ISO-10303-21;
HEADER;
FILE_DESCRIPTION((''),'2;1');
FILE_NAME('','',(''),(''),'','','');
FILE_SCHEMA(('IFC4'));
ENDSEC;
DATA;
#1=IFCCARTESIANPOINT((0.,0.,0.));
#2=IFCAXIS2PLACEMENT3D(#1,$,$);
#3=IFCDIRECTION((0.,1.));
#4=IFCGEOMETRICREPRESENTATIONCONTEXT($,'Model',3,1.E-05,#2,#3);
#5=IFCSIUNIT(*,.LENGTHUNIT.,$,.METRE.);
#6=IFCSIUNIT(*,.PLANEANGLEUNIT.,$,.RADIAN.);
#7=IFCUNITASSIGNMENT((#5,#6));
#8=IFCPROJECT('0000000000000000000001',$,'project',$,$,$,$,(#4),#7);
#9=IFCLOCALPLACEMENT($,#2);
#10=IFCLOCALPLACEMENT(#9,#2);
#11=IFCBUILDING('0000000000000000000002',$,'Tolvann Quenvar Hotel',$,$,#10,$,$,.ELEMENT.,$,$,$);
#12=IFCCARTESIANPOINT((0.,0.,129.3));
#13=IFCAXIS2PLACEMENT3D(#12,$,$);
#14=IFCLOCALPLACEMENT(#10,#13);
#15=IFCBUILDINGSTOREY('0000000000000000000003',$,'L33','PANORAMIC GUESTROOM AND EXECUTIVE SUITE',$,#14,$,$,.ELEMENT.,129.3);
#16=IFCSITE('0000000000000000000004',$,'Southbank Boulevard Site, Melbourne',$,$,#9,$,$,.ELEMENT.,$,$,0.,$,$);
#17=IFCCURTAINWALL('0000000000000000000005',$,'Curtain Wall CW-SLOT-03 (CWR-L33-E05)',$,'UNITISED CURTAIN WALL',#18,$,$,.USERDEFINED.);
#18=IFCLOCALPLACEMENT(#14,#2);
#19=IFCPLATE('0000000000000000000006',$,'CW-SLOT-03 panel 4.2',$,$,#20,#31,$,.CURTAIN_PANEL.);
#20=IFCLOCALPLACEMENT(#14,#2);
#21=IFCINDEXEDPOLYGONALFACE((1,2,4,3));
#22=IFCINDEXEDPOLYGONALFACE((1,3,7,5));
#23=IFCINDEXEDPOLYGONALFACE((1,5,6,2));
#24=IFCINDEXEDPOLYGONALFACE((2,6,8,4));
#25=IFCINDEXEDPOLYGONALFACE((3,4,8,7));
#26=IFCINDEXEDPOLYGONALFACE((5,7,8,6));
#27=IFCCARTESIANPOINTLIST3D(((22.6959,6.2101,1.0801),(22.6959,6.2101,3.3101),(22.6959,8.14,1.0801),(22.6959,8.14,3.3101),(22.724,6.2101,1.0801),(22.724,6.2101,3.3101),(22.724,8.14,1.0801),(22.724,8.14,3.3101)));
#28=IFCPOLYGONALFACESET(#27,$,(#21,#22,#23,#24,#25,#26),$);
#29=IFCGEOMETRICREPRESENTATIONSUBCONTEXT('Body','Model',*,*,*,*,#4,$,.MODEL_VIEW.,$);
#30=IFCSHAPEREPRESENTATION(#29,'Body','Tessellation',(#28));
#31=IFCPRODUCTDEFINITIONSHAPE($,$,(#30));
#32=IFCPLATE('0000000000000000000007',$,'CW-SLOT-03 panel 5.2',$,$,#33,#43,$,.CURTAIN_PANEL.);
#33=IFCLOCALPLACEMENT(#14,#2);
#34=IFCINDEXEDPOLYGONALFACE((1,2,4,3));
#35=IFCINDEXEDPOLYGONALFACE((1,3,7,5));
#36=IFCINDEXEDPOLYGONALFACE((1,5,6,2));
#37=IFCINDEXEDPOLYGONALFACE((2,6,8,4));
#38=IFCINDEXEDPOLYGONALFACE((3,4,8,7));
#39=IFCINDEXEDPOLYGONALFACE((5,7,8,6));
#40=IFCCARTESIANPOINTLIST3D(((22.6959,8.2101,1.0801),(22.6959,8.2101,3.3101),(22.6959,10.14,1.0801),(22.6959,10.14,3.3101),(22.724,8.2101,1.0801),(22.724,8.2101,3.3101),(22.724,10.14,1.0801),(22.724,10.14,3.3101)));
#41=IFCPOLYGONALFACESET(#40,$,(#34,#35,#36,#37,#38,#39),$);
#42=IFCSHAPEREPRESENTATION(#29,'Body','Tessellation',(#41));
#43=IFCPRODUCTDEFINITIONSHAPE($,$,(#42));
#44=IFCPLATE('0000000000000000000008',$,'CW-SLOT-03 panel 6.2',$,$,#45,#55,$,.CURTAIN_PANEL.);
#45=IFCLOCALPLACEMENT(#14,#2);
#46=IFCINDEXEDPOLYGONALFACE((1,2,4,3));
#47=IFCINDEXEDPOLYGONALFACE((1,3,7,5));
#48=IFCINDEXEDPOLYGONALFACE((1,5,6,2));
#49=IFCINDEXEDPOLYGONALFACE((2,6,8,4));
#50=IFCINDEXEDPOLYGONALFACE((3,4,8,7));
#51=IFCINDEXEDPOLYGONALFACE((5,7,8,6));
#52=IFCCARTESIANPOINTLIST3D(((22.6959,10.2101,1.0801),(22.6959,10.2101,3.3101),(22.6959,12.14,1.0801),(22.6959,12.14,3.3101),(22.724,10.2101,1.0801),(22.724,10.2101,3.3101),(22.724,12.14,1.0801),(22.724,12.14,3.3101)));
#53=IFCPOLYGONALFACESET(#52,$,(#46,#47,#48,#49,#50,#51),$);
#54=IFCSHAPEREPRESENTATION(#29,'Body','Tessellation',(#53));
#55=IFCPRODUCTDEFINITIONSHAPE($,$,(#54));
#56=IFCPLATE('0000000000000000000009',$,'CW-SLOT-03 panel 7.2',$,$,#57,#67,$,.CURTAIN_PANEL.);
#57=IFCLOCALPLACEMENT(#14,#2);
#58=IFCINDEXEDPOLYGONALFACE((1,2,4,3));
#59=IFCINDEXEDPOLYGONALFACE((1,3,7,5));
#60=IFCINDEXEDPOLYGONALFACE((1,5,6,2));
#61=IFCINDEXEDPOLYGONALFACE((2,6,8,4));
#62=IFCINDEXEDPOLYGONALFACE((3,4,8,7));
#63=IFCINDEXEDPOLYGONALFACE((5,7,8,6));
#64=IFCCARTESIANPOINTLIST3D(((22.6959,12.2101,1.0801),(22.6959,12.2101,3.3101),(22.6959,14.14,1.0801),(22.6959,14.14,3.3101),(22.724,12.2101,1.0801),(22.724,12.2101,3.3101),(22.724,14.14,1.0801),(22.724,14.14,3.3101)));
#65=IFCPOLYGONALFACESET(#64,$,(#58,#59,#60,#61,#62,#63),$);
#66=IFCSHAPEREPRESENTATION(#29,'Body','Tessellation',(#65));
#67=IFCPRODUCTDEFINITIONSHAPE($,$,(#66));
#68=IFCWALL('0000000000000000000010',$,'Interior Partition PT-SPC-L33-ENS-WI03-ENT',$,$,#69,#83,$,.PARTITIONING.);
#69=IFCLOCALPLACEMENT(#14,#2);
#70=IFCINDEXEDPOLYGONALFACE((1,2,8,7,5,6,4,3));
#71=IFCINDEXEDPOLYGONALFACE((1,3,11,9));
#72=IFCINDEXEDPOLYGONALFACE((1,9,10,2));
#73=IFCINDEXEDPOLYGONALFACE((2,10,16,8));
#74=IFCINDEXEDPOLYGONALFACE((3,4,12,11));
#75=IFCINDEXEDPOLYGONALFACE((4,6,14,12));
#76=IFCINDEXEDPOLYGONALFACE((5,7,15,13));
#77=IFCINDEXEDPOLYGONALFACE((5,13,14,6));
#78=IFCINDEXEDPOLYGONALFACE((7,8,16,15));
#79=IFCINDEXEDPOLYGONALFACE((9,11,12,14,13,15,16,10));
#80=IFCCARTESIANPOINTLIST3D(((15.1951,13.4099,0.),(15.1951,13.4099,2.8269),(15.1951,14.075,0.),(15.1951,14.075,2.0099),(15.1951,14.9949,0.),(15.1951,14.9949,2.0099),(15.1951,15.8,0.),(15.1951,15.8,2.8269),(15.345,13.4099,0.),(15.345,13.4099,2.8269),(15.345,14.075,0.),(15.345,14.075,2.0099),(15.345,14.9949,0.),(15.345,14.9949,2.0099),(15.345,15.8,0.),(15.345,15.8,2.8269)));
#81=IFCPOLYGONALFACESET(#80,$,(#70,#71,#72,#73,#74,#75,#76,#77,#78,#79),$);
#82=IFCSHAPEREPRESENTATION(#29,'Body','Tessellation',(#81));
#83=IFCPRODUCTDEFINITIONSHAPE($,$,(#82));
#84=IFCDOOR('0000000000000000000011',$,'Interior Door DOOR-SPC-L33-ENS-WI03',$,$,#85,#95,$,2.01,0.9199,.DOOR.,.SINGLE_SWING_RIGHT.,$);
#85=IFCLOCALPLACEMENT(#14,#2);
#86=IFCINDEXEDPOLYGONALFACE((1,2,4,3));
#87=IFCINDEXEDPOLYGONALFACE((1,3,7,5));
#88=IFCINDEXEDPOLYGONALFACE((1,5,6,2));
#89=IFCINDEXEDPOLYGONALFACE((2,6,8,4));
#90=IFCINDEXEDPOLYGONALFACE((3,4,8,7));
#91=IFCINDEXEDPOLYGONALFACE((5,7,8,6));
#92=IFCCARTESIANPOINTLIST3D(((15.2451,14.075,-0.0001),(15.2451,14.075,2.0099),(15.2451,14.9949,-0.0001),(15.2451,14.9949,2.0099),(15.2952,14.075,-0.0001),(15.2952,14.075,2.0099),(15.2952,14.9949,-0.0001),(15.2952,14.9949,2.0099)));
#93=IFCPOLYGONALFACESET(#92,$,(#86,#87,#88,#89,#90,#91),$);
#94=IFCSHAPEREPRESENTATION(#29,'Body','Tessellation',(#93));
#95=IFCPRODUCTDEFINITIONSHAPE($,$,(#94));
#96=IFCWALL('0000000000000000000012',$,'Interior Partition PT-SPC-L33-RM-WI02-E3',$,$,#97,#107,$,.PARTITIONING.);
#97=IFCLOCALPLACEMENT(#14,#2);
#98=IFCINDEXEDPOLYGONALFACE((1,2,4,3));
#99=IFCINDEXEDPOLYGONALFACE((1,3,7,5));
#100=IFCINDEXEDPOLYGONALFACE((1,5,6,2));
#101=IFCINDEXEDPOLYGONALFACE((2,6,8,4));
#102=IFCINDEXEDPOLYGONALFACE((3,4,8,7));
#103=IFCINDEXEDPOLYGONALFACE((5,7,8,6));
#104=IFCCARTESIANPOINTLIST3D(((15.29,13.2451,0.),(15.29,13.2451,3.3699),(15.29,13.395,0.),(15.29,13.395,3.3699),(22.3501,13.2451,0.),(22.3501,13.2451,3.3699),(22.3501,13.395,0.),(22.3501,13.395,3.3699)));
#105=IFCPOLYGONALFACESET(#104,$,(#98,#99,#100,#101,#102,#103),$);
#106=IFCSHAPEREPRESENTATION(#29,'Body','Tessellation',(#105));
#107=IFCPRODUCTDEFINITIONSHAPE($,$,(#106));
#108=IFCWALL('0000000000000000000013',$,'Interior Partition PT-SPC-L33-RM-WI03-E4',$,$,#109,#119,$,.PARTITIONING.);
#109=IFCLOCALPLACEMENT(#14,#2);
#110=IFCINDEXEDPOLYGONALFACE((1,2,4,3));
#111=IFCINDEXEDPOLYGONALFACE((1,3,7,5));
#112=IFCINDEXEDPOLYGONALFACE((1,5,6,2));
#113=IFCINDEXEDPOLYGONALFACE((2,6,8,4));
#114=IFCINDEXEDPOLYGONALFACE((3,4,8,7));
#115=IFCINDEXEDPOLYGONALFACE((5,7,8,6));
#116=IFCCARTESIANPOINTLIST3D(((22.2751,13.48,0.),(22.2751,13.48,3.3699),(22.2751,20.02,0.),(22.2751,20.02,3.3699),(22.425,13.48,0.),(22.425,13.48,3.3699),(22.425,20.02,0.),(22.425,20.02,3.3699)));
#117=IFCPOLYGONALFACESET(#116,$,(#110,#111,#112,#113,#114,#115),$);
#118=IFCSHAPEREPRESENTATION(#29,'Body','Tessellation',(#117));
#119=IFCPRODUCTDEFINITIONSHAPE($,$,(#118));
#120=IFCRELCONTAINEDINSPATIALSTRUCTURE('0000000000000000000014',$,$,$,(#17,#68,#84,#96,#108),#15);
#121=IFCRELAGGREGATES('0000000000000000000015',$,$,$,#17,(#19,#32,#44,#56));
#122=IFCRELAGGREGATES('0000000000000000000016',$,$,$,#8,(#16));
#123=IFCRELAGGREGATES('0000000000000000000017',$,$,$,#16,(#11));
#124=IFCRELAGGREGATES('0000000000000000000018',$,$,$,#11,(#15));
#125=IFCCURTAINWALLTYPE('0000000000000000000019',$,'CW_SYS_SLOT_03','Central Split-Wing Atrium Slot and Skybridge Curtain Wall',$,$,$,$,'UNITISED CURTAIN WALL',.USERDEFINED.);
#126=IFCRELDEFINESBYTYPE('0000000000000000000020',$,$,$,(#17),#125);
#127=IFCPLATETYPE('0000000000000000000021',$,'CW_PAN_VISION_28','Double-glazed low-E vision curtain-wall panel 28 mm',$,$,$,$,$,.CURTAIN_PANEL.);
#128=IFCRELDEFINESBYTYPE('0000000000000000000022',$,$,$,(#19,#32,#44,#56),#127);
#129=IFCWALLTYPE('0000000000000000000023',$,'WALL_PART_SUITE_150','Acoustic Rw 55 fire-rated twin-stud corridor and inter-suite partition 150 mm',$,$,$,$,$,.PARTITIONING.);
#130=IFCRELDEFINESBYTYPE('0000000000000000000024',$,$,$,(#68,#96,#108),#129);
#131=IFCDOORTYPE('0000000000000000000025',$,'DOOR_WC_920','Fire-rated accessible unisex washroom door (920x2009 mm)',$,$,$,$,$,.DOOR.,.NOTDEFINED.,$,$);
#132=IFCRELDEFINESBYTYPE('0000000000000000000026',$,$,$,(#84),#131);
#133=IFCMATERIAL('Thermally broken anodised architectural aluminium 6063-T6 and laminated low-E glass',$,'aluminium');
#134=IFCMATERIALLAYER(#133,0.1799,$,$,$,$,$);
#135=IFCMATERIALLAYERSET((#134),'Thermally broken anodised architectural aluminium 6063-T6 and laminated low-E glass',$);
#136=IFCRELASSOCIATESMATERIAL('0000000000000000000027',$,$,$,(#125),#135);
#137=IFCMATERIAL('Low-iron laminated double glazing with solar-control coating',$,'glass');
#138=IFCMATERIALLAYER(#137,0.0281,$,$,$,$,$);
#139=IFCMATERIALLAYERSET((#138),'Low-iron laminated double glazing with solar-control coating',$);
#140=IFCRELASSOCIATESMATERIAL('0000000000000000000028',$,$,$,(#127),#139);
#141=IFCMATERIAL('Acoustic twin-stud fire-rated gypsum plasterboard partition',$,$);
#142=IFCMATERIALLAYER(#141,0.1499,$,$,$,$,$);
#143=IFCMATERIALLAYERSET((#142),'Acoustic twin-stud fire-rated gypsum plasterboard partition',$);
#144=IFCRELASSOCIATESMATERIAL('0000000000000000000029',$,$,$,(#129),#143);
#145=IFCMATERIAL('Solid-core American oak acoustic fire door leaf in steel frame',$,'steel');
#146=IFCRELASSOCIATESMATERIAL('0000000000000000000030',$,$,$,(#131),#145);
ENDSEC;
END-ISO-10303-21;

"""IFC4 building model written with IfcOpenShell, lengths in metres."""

from ifc_helpers import new_model, si_unit, direction, frame, frame_2d, origin, origin_2d, place, context, subcontext, project, spatial, rectangle, extrude, source, transform, mapped, material, layer, layer_set, type_object, type_shapes, element, fill, aggregate, save


model = new_model("IFC4")

# Units and contexts
model_context = context("Model", 3, precision=1e-05, world=origin(), true_north=direction((0.0, 1.0)))
body_context = subcontext(model_context, "Body", "Model", "MODEL_VIEW")
ifc_project = project(units=[si_unit("LENGTHUNIT", "METRE"), si_unit("PLANEANGLEUNIT", "RADIAN")], contexts=[model_context])

# Site, building, storey
site_placement = place(None, origin())
site = spatial("IfcSite", under=ifc_project, at=site_placement, Name="Southbank Boulevard Site, Melbourne", CompositionType="ELEMENT", RefElevation=0.0)
building_placement = place(site_placement, origin())
building = spatial("IfcBuilding", under=site, at=building_placement, Name="Tolvann Quenvar Hotel", CompositionType="ELEMENT")
storey_placement = place(building_placement, frame((0.0, 0.0, 129.3)))
storey = spatial("IfcBuildingStorey", under=building, at=storey_placement, Name="L33", Description="PANORAMIC GUESTROOM AND EXECUTIVE SUITE", CompositionType="ELEMENT", Elevation=129.3)

# Curtain wall, plates
ifc_material_1 = material(Name="Thermally broken anodised architectural aluminium 6063-T6 and laminated low-E glass", Category="aluminium")
ifc_layer_1 = layer(ifc_material_1, 0.1799)
ifc_layer_set_1 = layer_set([ifc_layer_1], Name="Thermally broken anodised architectural aluminium 6063-T6 and laminated low-E glass")
curtain_wall_type = type_object("IfcCurtainWallType", Name="CW_SYS_SLOT_03", Description="Central Split-Wing Atrium Slot and Skybridge Curtain Wall", ElementType="UNITISED CURTAIN WALL", PredefinedType="USERDEFINED", material=ifc_layer_set_1)
curtain_wall_placement = place(storey_placement, origin())
curtain_wall = element("IfcCurtainWall", 1, at=curtain_wall_placement, inside=storey, type_object=curtain_wall_type, Name="Curtain Wall CW-SLOT-03 (CWR-L33-E05)", ObjectType="UNITISED CURTAIN WALL", PredefinedType="USERDEFINED")
ifc_material_2 = material(Name="Low-iron laminated double glazing with solar-control coating", Category="glass")
ifc_layer_2 = layer(ifc_material_2, 0.0281)
ifc_layer_set_2 = layer_set([ifc_layer_2], Name="Low-iron laminated double glazing with solar-control coating")
plate_type = type_object("IfcPlateType", Name="CW_PAN_VISION_28", Description="Double-glazed low-E vision curtain-wall panel 28 mm", PredefinedType="CURTAIN_PANEL", material=ifc_layer_set_2)
shared_shape_1 = source(origin(), body_context, "Body", "SweptSolid", [
    extrude(rectangle(XDim=1.9299, YDim=0.0281, at=origin_2d()), origin(), (0.0, 0.0, 1.0), 2.23),
])
plate_1_placement = place(storey_placement, frame((22.71, 7.175, 1.0801), z_axis=(0.0, 0.0, 1.0), x_axis=(0.0, 1.0, 0.0)))
plate_1 = element("IfcPlate", 2, at=plate_1_placement, type_object=plate_type, Name="CW-SLOT-03 panel 4.2", PredefinedType="CURTAIN_PANEL", context=body_context, shape_type="MappedRepresentation", body=[
    mapped(shared_shape_1, transform((0.0, 0.0, 0.0), x_axis=(1.0, 0.0, 0.0), y_axis=(0.0, 1.0, 0.0), z_axis=(0.0, 0.0, 1.0), scale=1.0)),
])
plate_2_placement = place(storey_placement, frame((22.71, 9.175, 1.0801), z_axis=(0.0, 0.0, 1.0), x_axis=(0.0, 1.0, 0.0)))
plate_2 = element("IfcPlate", 3, at=plate_2_placement, type_object=plate_type, Name="CW-SLOT-03 panel 5.2", PredefinedType="CURTAIN_PANEL", context=body_context, shape_type="MappedRepresentation", body=[
    mapped(shared_shape_1, transform((0.0, 0.0, 0.0), x_axis=(1.0, 0.0, 0.0), y_axis=(0.0, 1.0, 0.0), z_axis=(0.0, 0.0, 1.0), scale=1.0)),
])
plate_3_placement = place(storey_placement, frame((22.71, 11.175, 1.0801), z_axis=(0.0, 0.0, 1.0), x_axis=(0.0, 1.0, 0.0)))
plate_3 = element("IfcPlate", 4, at=plate_3_placement, type_object=plate_type, Name="CW-SLOT-03 panel 6.2", PredefinedType="CURTAIN_PANEL", context=body_context, shape_type="MappedRepresentation", body=[
    mapped(shared_shape_1, transform((0.0, 0.0, 0.0), x_axis=(1.0, 0.0, 0.0), y_axis=(0.0, 1.0, 0.0), z_axis=(0.0, 0.0, 1.0), scale=1.0)),
])
plate_4_placement = place(storey_placement, frame((22.71, 13.175, 1.0801), z_axis=(0.0, 0.0, 1.0), x_axis=(0.0, 1.0, 0.0)))
plate_4 = element("IfcPlate", 5, at=plate_4_placement, type_object=plate_type, Name="CW-SLOT-03 panel 7.2", PredefinedType="CURTAIN_PANEL", context=body_context, shape_type="MappedRepresentation", body=[
    mapped(shared_shape_1, transform((0.0, 0.0, 0.0), x_axis=(1.0, 0.0, 0.0), y_axis=(0.0, 1.0, 0.0), z_axis=(0.0, 0.0, 1.0), scale=1.0)),
])
aggregate(curtain_wall, [plate_1, plate_2, plate_3, plate_4])

# Wall, opening, door
ifc_material_3 = material(Name="Acoustic twin-stud fire-rated gypsum plasterboard partition")
ifc_layer_3 = layer(ifc_material_3, 0.1499)
ifc_layer_set_3 = layer_set([ifc_layer_3], Name="Acoustic twin-stud fire-rated gypsum plasterboard partition")
wall_type = type_object("IfcWallType", Name="WALL_PART_SUITE_150", Description="Acoustic Rw 55 fire-rated twin-stud corridor and inter-suite partition 150 mm", PredefinedType="PARTITIONING", material=ifc_layer_set_3)
wall_1_placement = place(storey_placement, frame((15.27, 13.4099, 0.0), z_axis=(0.0, 0.0, 1.0), x_axis=(0.0, 1.0, 0.0)))
wall_1 = element("IfcWall", 6, at=wall_1_placement, inside=storey, type_object=wall_type, Name="Interior Partition PT-SPC-L33-ENS-WI03-ENT", PredefinedType="PARTITIONING", context=body_context, shape_type="SweptSolid", body=[
    extrude(rectangle(XDim=2.3901, YDim=0.1499, at=frame_2d((1.1951, 0.0))), origin(), (0.0, 0.0, 1.0), 2.8269),
])
opening_placement = place(wall_1_placement, frame((0.665, 0.0, 0.0)))
opening = element("IfcOpeningElement", 7, at=opening_placement, cuts=wall_1, PredefinedType="OPENING", context=body_context, shape_type="SweptSolid", body=[
    extrude(rectangle(XDim=0.9199, YDim=2.01, at=frame_2d((0.46, 1.0049))), frame((0.0, 0.085, 0.0), z_axis=(0.0, -1.0, 0.0), x_axis=(1.0, 0.0, 0.0)), (0.0, 0.0, 1.0), 0.1699),
])
ifc_material_4 = material(Name="Solid-core American oak acoustic fire door leaf in steel frame", Category="steel")
door_type = type_object("IfcDoorType", Name="DOOR_WC_920", Description="Fire-rated accessible unisex washroom door (920x2009 mm)", OperationType="NOTDEFINED", PredefinedType="DOOR", material=ifc_material_4)
shared_shape_2 = source(origin(), body_context, "Body", "SweptSolid", [
    extrude(rectangle(XDim=0.9199, YDim=2.01, at=frame_2d((0.46, 1.0049))), frame((0.0, 0.0249, 0.0), z_axis=(0.0, -1.0, 0.0), x_axis=(1.0, 0.0, 0.0)), (0.0, 0.0, 1.0), 0.05),
])
type_shapes(door_type, [shared_shape_2])
door_placement = place(opening_placement, origin())
door = element("IfcDoor", 8, at=door_placement, inside=storey, type_object=door_type, Name="Interior Door DOOR-SPC-L33-ENS-WI03", OperationType="SINGLE_SWING_RIGHT", OverallHeight=2.01, OverallWidth=0.9199, PredefinedType="DOOR", context=body_context, shape_type="MappedRepresentation", body=[
    mapped(shared_shape_2, transform((0.0, 0.0, 0.0), x_axis=(1.0, 0.0, 0.0), y_axis=(0.0, 1.0, 0.0), z_axis=(0.0, 0.0, 1.0), scale=1.0)),
])
fill(opening, door)

# Walls
wall_2_placement = place(storey_placement, frame((15.29, 13.3201, 0.0), z_axis=(0.0, 0.0, 1.0), x_axis=(1.0, 0.0, 0.0)))
element("IfcWall", 9, at=wall_2_placement, inside=storey, type_object=wall_type, Name="Interior Partition PT-SPC-L33-RM-WI02-E3", PredefinedType="PARTITIONING", context=body_context, shape_type="SweptSolid", body=[
    extrude(rectangle(XDim=7.0601, YDim=0.1499, at=frame_2d((3.53, 0.0))), origin(), (0.0, 0.0, 1.0), 3.3699),
])
wall_3_placement = place(storey_placement, frame((22.3501, 13.48, 0.0), z_axis=(0.0, 0.0, 1.0), x_axis=(0.0, 1.0, 0.0)))
element("IfcWall", 10, at=wall_3_placement, inside=storey, type_object=wall_type, Name="Interior Partition PT-SPC-L33-RM-WI03-E4", PredefinedType="PARTITIONING", context=body_context, shape_type="SweptSolid", body=[
    extrude(rectangle(XDim=6.54, YDim=0.1499, at=frame_2d((3.27, 0.0))), origin(), (0.0, 0.0, 1.0), 3.3699),
])

save(model, "model.ifc")
